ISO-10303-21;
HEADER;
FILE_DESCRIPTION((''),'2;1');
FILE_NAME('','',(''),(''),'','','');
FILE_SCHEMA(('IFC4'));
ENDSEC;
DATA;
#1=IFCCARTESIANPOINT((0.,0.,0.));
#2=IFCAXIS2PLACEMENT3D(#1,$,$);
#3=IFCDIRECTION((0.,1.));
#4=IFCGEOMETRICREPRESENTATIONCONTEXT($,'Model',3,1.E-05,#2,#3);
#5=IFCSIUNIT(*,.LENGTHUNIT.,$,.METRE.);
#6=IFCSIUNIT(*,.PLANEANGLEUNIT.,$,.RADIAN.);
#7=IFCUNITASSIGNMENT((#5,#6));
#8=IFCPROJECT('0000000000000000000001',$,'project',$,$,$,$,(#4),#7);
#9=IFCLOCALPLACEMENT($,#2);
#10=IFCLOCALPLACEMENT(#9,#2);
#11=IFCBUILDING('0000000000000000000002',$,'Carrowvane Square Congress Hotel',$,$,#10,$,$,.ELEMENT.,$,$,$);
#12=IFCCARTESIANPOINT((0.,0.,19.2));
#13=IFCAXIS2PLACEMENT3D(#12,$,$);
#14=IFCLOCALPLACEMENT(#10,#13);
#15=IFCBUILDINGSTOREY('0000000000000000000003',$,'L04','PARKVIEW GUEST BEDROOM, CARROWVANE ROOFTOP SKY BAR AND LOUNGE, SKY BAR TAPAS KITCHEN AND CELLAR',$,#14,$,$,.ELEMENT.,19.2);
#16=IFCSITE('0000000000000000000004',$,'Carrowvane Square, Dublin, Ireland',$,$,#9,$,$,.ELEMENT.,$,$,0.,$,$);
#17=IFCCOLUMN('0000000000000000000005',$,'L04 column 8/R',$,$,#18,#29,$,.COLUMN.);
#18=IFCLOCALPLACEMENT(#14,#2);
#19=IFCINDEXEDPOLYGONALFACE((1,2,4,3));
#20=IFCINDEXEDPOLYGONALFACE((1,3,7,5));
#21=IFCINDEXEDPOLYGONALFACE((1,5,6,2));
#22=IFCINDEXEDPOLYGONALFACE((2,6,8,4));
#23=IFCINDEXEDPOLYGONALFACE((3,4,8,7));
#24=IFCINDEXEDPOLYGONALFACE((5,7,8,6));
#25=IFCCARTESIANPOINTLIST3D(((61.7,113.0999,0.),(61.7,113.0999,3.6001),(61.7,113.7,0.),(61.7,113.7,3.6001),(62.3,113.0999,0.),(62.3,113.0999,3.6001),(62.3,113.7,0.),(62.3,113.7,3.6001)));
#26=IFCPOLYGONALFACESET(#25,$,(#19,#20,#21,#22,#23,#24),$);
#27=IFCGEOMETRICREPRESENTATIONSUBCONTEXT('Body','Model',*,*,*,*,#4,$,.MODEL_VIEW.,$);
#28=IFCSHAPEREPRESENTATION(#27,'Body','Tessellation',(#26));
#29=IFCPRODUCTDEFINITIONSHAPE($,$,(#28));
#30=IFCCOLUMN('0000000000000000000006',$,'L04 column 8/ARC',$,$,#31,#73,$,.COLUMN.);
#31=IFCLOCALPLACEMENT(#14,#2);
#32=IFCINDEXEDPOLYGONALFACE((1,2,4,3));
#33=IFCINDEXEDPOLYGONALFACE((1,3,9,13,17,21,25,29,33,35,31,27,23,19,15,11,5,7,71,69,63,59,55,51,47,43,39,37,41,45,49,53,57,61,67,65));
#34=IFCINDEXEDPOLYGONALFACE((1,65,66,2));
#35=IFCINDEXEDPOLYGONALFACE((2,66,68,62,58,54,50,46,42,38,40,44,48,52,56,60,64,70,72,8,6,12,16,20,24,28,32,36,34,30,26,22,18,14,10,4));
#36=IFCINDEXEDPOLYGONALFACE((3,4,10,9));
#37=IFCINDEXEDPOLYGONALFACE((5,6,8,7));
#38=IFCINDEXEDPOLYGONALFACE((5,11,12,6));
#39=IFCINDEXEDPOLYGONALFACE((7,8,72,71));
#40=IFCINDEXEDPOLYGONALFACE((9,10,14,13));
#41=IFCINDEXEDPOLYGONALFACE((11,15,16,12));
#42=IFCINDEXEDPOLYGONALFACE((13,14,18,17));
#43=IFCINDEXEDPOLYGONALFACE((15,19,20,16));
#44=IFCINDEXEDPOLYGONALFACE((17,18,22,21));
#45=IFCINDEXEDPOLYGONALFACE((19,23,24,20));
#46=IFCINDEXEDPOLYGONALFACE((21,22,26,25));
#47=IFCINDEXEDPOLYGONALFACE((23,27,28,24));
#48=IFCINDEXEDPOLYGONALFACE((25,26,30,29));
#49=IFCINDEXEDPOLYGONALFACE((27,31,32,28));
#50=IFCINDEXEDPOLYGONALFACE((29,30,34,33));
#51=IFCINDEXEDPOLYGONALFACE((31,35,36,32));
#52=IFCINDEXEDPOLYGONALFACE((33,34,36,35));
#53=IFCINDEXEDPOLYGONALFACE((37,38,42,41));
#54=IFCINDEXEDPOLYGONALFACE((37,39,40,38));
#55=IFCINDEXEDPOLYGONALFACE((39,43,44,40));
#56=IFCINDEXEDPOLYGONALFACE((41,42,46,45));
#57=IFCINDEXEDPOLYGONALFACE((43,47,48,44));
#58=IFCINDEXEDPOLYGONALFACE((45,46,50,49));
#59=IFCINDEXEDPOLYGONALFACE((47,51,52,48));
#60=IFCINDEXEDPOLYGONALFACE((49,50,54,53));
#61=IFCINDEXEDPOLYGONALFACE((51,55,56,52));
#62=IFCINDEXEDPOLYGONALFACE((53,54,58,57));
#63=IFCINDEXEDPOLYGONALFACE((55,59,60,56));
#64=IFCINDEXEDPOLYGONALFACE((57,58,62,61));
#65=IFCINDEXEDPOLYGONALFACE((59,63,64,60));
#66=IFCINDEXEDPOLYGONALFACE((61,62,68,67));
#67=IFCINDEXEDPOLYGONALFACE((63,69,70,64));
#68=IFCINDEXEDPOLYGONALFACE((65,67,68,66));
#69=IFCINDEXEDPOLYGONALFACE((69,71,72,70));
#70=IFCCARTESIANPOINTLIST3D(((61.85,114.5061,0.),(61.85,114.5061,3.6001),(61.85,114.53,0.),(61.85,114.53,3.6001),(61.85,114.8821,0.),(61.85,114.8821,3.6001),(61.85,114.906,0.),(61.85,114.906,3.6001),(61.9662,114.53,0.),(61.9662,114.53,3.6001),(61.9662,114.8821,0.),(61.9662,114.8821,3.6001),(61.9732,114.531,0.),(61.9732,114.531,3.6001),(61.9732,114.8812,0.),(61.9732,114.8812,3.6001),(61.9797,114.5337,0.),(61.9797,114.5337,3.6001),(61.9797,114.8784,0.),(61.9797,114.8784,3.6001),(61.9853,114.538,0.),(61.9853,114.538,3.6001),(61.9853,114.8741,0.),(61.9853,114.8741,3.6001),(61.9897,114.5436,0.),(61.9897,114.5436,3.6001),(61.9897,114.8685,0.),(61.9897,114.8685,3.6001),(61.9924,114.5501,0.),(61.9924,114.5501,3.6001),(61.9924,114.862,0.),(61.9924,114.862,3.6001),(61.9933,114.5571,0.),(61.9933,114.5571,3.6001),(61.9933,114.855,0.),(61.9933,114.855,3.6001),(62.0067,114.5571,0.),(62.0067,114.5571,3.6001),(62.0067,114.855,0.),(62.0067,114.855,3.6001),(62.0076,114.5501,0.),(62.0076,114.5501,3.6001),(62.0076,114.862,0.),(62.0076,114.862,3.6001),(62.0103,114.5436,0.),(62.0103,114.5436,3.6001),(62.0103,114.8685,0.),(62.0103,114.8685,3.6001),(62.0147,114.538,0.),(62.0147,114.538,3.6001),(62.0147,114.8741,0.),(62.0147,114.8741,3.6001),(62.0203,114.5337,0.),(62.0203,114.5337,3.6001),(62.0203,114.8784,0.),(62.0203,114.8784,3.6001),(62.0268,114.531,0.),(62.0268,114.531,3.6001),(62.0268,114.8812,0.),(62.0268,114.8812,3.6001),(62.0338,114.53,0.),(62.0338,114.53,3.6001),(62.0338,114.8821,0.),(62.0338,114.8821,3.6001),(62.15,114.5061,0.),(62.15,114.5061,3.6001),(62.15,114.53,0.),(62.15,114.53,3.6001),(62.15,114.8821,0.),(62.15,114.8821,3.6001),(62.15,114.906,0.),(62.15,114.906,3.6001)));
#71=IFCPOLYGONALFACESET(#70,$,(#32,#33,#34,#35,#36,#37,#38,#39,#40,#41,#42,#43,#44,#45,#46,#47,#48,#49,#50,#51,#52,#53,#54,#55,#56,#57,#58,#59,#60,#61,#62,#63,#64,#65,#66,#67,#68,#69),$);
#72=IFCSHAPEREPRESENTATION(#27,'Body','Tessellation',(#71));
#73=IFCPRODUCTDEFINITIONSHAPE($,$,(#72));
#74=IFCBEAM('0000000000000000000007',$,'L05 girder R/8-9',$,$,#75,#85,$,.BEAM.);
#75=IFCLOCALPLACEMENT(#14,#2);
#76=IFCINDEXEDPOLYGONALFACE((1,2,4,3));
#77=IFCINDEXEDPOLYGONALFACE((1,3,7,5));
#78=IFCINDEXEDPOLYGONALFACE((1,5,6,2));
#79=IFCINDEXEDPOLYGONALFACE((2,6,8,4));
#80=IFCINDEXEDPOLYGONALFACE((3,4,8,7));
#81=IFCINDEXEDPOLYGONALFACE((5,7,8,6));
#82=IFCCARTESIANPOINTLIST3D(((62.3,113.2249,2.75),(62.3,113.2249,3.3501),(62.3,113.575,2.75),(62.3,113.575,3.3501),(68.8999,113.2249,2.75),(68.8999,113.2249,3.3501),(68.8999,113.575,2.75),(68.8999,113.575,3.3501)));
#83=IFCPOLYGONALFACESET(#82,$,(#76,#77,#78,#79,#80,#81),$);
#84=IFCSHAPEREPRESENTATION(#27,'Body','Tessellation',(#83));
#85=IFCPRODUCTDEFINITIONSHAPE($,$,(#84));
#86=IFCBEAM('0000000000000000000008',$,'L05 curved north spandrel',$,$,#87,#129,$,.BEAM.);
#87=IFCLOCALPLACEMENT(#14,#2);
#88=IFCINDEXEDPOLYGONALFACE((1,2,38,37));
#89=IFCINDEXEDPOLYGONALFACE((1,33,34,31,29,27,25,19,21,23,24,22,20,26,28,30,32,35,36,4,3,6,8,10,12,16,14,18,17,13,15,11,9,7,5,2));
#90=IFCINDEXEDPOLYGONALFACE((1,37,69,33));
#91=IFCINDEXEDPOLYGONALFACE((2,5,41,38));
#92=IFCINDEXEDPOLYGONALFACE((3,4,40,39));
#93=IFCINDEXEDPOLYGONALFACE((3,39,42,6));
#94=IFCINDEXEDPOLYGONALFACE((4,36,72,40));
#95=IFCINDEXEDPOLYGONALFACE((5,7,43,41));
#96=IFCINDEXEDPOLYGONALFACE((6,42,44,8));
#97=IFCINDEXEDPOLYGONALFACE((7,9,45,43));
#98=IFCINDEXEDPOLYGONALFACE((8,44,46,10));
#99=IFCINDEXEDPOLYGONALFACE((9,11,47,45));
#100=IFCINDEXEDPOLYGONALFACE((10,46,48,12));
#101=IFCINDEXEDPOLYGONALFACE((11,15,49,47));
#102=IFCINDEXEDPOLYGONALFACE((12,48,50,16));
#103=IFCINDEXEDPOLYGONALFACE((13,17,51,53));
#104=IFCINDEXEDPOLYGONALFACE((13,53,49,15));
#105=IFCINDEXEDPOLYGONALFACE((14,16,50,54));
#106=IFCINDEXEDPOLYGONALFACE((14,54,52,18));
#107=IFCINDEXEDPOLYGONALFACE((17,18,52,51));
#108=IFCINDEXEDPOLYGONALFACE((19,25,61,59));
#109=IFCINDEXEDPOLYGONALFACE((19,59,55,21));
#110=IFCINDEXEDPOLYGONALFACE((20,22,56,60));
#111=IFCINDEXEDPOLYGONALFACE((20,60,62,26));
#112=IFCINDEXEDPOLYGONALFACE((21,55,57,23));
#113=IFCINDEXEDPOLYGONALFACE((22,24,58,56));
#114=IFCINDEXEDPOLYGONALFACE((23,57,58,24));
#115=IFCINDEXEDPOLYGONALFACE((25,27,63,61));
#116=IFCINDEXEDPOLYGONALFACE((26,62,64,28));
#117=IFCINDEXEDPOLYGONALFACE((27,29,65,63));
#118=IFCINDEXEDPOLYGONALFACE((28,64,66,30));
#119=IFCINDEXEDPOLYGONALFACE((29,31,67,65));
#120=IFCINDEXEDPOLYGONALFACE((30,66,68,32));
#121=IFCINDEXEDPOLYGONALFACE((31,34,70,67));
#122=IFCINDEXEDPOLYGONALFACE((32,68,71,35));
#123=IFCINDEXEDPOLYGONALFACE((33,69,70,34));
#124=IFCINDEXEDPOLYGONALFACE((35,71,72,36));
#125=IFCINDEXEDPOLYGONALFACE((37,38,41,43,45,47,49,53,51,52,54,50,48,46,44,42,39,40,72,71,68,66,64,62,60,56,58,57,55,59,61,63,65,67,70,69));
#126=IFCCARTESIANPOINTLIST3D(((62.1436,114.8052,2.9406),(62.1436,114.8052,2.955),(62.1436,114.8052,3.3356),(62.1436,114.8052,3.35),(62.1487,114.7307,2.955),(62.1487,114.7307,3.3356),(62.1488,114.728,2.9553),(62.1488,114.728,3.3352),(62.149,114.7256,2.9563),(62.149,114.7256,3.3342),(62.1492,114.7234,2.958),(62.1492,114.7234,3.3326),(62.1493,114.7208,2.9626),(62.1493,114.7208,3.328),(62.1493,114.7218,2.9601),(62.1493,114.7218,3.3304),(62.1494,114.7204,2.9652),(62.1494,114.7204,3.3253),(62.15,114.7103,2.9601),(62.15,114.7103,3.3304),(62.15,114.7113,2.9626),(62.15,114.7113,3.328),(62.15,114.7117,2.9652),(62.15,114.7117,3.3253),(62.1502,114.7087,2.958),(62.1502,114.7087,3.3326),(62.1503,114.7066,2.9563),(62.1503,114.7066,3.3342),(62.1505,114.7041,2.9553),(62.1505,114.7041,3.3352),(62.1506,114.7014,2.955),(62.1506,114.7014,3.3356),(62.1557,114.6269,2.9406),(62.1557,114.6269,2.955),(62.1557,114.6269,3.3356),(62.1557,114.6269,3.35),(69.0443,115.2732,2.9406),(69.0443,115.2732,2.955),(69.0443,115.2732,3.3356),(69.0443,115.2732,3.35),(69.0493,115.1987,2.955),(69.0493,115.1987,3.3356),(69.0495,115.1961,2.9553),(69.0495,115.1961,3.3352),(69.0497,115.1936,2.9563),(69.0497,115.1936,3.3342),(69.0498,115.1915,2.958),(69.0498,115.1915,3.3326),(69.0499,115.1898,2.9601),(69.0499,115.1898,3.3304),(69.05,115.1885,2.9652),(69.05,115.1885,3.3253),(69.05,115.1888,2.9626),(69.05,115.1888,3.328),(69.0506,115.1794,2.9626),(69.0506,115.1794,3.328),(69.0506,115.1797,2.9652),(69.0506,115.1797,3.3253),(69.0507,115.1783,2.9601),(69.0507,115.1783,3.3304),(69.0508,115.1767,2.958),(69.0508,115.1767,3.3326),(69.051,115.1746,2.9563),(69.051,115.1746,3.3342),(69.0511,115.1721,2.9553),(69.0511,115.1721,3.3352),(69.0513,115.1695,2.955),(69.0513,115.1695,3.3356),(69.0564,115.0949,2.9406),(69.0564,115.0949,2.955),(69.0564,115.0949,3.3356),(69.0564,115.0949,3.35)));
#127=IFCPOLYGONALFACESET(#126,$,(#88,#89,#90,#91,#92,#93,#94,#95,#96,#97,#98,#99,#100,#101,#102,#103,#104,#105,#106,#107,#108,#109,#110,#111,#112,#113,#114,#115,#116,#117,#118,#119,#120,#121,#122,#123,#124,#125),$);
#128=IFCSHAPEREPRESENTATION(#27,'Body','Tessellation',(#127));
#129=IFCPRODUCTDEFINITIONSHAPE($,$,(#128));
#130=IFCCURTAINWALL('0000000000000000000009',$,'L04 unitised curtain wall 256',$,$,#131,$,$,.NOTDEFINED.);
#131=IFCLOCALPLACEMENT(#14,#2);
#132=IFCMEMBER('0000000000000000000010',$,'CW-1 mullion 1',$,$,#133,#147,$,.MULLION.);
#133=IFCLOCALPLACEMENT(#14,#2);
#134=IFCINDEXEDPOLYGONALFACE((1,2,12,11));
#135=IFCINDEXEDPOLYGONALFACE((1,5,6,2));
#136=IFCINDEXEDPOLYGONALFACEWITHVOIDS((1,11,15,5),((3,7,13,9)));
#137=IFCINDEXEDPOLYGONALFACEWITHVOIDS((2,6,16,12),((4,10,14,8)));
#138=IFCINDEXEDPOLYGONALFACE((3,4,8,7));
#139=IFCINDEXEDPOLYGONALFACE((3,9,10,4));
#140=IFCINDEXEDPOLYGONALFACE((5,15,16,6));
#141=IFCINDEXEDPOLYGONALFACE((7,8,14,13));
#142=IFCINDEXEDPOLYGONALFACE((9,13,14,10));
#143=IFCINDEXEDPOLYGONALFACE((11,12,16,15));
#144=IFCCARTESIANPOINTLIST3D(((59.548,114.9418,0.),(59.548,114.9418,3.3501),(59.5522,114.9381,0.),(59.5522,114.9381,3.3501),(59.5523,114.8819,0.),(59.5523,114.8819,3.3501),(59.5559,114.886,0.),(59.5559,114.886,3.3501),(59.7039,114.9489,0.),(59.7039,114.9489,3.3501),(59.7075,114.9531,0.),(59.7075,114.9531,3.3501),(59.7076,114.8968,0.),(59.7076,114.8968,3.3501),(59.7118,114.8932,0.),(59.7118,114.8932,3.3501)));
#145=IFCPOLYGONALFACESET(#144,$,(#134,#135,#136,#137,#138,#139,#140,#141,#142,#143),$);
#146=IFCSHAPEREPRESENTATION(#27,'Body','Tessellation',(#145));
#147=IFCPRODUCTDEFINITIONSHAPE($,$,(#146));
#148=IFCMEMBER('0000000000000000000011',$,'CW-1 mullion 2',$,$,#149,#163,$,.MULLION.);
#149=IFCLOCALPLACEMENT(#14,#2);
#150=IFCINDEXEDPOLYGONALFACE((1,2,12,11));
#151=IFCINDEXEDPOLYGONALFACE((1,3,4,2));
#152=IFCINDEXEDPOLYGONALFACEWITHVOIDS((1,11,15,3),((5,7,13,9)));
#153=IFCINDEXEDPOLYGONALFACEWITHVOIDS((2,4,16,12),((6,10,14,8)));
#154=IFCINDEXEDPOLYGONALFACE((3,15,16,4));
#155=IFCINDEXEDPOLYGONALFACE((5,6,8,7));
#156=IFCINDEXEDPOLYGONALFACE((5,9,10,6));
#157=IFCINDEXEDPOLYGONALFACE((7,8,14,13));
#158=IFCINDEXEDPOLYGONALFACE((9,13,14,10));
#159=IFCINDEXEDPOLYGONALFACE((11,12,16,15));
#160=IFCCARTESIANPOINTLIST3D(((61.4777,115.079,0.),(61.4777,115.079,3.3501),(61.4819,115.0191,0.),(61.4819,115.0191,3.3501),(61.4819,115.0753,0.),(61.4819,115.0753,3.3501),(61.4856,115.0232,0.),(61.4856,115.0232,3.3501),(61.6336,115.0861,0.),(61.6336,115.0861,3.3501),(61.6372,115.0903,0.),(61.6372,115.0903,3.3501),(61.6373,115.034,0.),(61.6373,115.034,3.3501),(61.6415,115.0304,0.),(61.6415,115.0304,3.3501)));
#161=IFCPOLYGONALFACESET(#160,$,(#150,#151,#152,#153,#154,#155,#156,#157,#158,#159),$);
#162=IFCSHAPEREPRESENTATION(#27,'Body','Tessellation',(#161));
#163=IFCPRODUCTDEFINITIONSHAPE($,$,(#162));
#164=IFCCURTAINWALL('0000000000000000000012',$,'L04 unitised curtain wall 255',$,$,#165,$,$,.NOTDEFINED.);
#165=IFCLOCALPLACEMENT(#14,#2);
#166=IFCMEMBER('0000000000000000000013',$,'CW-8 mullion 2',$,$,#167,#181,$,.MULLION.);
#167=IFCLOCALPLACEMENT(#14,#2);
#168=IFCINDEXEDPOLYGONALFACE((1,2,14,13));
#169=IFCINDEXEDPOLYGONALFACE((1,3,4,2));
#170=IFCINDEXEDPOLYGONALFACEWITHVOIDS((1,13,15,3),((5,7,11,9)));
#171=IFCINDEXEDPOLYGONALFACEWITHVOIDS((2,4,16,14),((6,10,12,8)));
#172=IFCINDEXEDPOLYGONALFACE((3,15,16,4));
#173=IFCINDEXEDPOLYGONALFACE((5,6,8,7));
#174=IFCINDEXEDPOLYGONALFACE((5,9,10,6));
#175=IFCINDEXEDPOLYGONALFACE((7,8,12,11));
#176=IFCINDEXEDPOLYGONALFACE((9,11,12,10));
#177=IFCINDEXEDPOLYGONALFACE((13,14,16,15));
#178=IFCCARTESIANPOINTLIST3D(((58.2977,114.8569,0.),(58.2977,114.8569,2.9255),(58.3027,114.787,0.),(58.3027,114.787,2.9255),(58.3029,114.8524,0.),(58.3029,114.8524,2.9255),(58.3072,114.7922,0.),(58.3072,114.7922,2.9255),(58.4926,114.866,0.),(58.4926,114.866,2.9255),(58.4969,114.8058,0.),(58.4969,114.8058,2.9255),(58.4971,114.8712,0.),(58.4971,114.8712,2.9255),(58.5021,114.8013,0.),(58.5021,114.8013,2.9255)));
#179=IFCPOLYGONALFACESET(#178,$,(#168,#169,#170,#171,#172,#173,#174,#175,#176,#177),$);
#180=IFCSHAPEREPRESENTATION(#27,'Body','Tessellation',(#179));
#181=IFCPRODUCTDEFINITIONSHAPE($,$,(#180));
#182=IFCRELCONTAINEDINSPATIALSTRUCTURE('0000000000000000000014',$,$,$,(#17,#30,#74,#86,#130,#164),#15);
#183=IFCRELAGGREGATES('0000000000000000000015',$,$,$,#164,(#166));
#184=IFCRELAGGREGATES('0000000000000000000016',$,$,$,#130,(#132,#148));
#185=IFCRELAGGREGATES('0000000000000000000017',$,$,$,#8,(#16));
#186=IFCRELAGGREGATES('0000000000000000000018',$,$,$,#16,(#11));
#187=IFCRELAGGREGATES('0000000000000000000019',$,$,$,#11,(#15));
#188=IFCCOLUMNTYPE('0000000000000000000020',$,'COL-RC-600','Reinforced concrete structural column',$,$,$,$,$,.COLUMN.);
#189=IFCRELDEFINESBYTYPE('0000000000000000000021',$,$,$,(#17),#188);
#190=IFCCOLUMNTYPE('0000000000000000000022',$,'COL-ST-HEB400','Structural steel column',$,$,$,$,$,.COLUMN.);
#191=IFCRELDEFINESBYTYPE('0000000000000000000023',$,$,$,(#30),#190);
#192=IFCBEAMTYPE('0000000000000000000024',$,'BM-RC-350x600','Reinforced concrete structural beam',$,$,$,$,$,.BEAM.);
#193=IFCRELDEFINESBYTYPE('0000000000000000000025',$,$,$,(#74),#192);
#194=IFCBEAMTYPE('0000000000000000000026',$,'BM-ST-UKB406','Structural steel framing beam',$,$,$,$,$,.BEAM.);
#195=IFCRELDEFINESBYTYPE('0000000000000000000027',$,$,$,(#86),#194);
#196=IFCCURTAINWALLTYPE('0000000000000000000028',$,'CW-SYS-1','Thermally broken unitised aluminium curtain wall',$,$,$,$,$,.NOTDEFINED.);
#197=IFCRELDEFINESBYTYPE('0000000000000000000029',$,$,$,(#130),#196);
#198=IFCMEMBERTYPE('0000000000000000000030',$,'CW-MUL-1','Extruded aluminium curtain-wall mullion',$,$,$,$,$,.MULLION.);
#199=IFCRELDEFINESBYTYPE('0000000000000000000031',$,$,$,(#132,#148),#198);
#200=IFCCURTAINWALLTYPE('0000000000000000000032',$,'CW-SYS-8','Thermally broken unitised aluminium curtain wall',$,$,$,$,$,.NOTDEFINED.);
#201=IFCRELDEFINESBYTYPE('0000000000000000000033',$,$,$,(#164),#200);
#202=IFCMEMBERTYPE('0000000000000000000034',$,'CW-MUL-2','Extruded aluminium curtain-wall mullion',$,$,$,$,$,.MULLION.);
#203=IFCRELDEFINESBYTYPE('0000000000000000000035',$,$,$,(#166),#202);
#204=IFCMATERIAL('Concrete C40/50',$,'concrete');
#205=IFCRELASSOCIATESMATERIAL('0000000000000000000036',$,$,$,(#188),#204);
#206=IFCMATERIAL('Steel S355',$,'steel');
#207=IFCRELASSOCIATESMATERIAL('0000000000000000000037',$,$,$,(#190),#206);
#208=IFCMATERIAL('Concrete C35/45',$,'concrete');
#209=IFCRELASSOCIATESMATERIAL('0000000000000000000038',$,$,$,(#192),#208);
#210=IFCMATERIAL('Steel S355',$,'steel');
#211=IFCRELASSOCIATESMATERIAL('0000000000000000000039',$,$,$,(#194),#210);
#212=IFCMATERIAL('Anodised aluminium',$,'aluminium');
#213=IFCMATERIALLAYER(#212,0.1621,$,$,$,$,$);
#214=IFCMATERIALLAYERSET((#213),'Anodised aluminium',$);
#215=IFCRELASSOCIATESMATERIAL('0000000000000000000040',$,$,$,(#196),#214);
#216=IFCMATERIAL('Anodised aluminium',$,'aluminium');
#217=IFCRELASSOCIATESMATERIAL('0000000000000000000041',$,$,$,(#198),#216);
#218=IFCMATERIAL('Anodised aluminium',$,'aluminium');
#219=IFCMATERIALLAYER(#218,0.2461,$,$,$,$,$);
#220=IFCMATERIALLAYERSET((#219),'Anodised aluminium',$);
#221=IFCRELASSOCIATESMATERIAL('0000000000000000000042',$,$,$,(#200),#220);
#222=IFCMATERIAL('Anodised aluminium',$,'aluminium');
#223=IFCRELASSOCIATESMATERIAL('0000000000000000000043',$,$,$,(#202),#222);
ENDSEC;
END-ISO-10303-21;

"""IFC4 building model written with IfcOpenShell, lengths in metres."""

from ifc_helpers import new_model, si_unit, direction, frame, origin, origin_2d, place, context, subcontext, project, spatial, rectangle, hollow_rectangle, i_section, extrude, material, layer, layer_set, material_profile, profile_set, type_object, element, aggregate, save


model = new_model("IFC4")

# Units and contexts
model_context = context("Model", 3, precision=1e-05, world=origin(), true_north=direction((0.0, 1.0)))
body_context = subcontext(model_context, "Body", "Model", "MODEL_VIEW")
ifc_project = project(units=[si_unit("LENGTHUNIT", "METRE"), si_unit("PLANEANGLEUNIT", "RADIAN")], contexts=[model_context])

# Site, building, storey
site_placement = place(None, origin())
site = spatial("IfcSite", under=ifc_project, at=site_placement, Name="Carrowvane Square, Dublin, Ireland", CompositionType="ELEMENT", RefElevation=0.0)
building_placement = place(site_placement, origin())
building = spatial("IfcBuilding", under=site, at=building_placement, Name="Carrowvane Square Congress Hotel", CompositionType="ELEMENT")
storey_placement = place(building_placement, frame((0.0, 0.0, 19.2)))
storey = spatial("IfcBuildingStorey", under=building, at=storey_placement, Name="L04", Description="PARKVIEW GUEST BEDROOM, CARROWVANE ROOFTOP SKY BAR AND LOUNGE, SKY BAR TAPAS KITCHEN AND CELLAR", CompositionType="ELEMENT", Elevation=19.2)

# Columns
ifc_material_1 = material(Name="Concrete C40/50", Category="concrete")
ifc_material_profile_1 = material_profile(ifc_material_1, rectangle(XDim=0.6001, YDim=0.6001, at=origin_2d()), Name="RC 600x600")
ifc_profile_set_1 = profile_set([ifc_material_profile_1], Name="Concrete C40/50")
column_type_1 = type_object("IfcColumnType", Name="COL-RC-600", Description="Reinforced concrete structural column", PredefinedType="COLUMN", material=ifc_profile_set_1)
column_1_placement = place(storey_placement, frame((62.0, 113.3999, 0.0), z_axis=(0.0, 0.0, 1.0), x_axis=(1.0, 0.0, 0.0)))
element("IfcColumn", 1, at=column_1_placement, inside=storey, type_object=column_type_1, Name="L04 column 8/R", PredefinedType="COLUMN", context=body_context, shape_type="SweptSolid", body=[
    extrude(rectangle(XDim=0.6001, YDim=0.6001, at=origin_2d()), origin(), (0.0, 0.0, 1.0), 3.6001),
])
ifc_material_2 = material(Name="Steel S355", Category="steel")
ifc_material_profile_2 = material_profile(ifc_material_2, i_section(OverallWidth=0.3, OverallDepth=0.3999, WebThickness=0.0134, FlangeThickness=0.0239, FilletRadius=0.0271, at=origin_2d()), Name="HEB 400")
ifc_profile_set_2 = profile_set([ifc_material_profile_2], Name="Steel S355")
column_type_2 = type_object("IfcColumnType", Name="COL-ST-HEB400", Description="Structural steel column", PredefinedType="COLUMN", material=ifc_profile_set_2)
column_2_placement = place(storey_placement, frame((62.0, 114.7061, 0.0), z_axis=(0.0, 0.0, 1.0), x_axis=(1.0, 0.0, 0.0)))
element("IfcColumn", 2, at=column_2_placement, inside=storey, type_object=column_type_2, Name="L04 column 8/ARC", PredefinedType="COLUMN", context=body_context, shape_type="SweptSolid", body=[
    extrude(i_section(OverallWidth=0.3, OverallDepth=0.3999, WebThickness=0.0134, FlangeThickness=0.0239, FilletRadius=0.0271, at=origin_2d()), origin(), (0.0, 0.0, 1.0), 3.6001),
])

# Beams
ifc_material_3 = material(Name="Concrete C35/45", Category="concrete")
ifc_material_profile_3 = material_profile(ifc_material_3, rectangle(XDim=0.3501, YDim=0.6001, at=origin_2d()), Name="RC 350x600")
ifc_profile_set_3 = profile_set([ifc_material_profile_3], Name="Concrete C35/45")
beam_type_1 = type_object("IfcBeamType", Name="BM-RC-350x600", Description="Reinforced concrete structural beam", PredefinedType="BEAM", material=ifc_profile_set_3)
beam_1_placement = place(storey_placement, frame((62.3, 113.3999, 3.05), z_axis=(1.0, 0.0, 0.0), x_axis=(0.0, 1.0, 0.0)))
element("IfcBeam", 3, at=beam_1_placement, inside=storey, type_object=beam_type_1, Name="L05 girder R/8-9", PredefinedType="BEAM", context=body_context, shape_type="SweptSolid", body=[
    extrude(rectangle(XDim=0.3501, YDim=0.6001, at=origin_2d()), origin(), (0.0, 0.0, 1.0), 6.5999),
])
ifc_material_4 = material(Name="Steel S355", Category="steel")
ifc_material_profile_4 = material_profile(ifc_material_4, i_section(OverallWidth=0.1787, OverallDepth=0.4094, WebThickness=0.0088, FlangeThickness=0.0144, FilletRadius=0.0103, at=origin_2d()), Name="UKB 406x178x67")
ifc_profile_set_4 = profile_set([ifc_material_profile_4], Name="Steel S355")
beam_type_2 = type_object("IfcBeamType", Name="BM-ST-UKB406", Description="Structural steel framing beam", PredefinedType="BEAM", material=ifc_profile_set_4)
beam_2_placement = place(storey_placement, frame((62.1497, 114.7161, 3.1453), z_axis=(0.997708, 0.067667, 0.0), x_axis=(-0.067667, 0.997708, 0.0)))
element("IfcBeam", 4, at=beam_2_placement, inside=storey, type_object=beam_type_2, Name="L05 curved north spandrel", PredefinedType="BEAM", context=body_context, shape_type="SweptSolid", body=[
    extrude(i_section(OverallWidth=0.1787, OverallDepth=0.4094, WebThickness=0.0088, FlangeThickness=0.0144, FilletRadius=0.0103, at=origin_2d()), origin(), (0.0, 0.0, 1.0), 6.9165),
])

# Curtain walls, members
ifc_material_5 = material(Name="Anodised aluminium", Category="aluminium")
ifc_layer_1 = layer(ifc_material_5, 0.1621)
ifc_layer_set_1 = layer_set([ifc_layer_1], Name="Anodised aluminium")
curtain_wall_type_1 = type_object("IfcCurtainWallType", Name="CW-SYS-1", Description="Thermally broken unitised aluminium curtain wall", PredefinedType="NOTDEFINED", material=ifc_layer_set_1)
curtain_wall_1_placement = place(storey_placement, origin())
curtain_wall_1 = element("IfcCurtainWall", 5, at=curtain_wall_1_placement, inside=storey, type_object=curtain_wall_type_1, Name="L04 unitised curtain wall 256", PredefinedType="NOTDEFINED")
ifc_material_6 = material(Name="Anodised aluminium", Category="aluminium")
ifc_material_profile_5 = material_profile(ifc_material_6, hollow_rectangle(XDim=0.0601, YDim=0.1599, WallThickness=0.0039, at=origin_2d()), Name="CW-ML 60x160x4")
ifc_profile_set_5 = profile_set([ifc_material_profile_5], Name="Anodised aluminium")
member_type_1 = type_object("IfcMemberType", Name="CW-MUL-1", Description="Extruded aluminium curtain-wall mullion", PredefinedType="MULLION", material=ifc_profile_set_5)
member_1_placement = place(storey_placement, frame((59.6299, 114.9175, 0.0), z_axis=(0.0, 0.0, 1.0), x_axis=(-0.07096, 0.997479, 0.0)))
member_1 = element("IfcMember", 6, at=member_1_placement, type_object=member_type_1, Name="CW-1 mullion 1", PredefinedType="MULLION", context=body_context, shape_type="SweptSolid", body=[
    extrude(hollow_rectangle(XDim=0.0601, YDim=0.1599, WallThickness=0.0039, at=origin_2d()), origin(), (0.0, 0.0, 1.0), 3.3501),
])
member_2_placement = place(storey_placement, frame((61.5596, 115.0547, 0.0), z_axis=(0.0, 0.0, 1.0), x_axis=(-0.07096, 0.997479, 0.0)))
member_2 = element("IfcMember", 7, at=member_2_placement, type_object=member_type_1, Name="CW-1 mullion 2", PredefinedType="MULLION", context=body_context, shape_type="SweptSolid", body=[
    extrude(hollow_rectangle(XDim=0.0601, YDim=0.1599, WallThickness=0.0039, at=origin_2d()), origin(), (0.0, 0.0, 1.0), 3.3501),
])
ifc_material_7 = material(Name="Anodised aluminium", Category="aluminium")
ifc_layer_2 = layer(ifc_material_7, 0.2461)
ifc_layer_set_2 = layer_set([ifc_layer_2], Name="Anodised aluminium")
curtain_wall_type_2 = type_object("IfcCurtainWallType", Name="CW-SYS-8", Description="Thermally broken unitised aluminium curtain wall", PredefinedType="NOTDEFINED", material=ifc_layer_set_2)
curtain_wall_2_placement = place(storey_placement, origin())
curtain_wall_2 = element("IfcCurtainWall", 8, at=curtain_wall_2_placement, inside=storey, type_object=curtain_wall_type_2, Name="L04 unitised curtain wall 255", PredefinedType="NOTDEFINED")
ifc_material_8 = material(Name="Anodised aluminium", Category="aluminium")
ifc_material_profile_6 = material_profile(ifc_material_8, hollow_rectangle(XDim=0.0701, YDim=0.2, WallThickness=0.0049, at=origin_2d()), Name="CW-ML 70x200x5")
ifc_profile_set_6 = profile_set([ifc_material_profile_6], Name="Anodised aluminium")
member_type_2 = type_object("IfcMemberType", Name="CW-MUL-2", Description="Extruded aluminium curtain-wall mullion", PredefinedType="MULLION", material=ifc_profile_set_6)
member_3_placement = place(storey_placement, frame((58.3999, 114.8291, 0.0), z_axis=(0.0, 0.0, 1.0), x_axis=(-0.071532, 0.997438, 0.0)))
member_3 = element("IfcMember", 9, at=member_3_placement, type_object=member_type_2, Name="CW-8 mullion 2", PredefinedType="MULLION", context=body_context, shape_type="SweptSolid", body=[
    extrude(hollow_rectangle(XDim=0.0701, YDim=0.2, WallThickness=0.0049, at=origin_2d()), origin(), (0.0, 0.0, 1.0), 2.9255),
])

aggregate(curtain_wall_2, [member_3])
aggregate(curtain_wall_1, [member_1, member_2])

save(model, "model.ifc")
